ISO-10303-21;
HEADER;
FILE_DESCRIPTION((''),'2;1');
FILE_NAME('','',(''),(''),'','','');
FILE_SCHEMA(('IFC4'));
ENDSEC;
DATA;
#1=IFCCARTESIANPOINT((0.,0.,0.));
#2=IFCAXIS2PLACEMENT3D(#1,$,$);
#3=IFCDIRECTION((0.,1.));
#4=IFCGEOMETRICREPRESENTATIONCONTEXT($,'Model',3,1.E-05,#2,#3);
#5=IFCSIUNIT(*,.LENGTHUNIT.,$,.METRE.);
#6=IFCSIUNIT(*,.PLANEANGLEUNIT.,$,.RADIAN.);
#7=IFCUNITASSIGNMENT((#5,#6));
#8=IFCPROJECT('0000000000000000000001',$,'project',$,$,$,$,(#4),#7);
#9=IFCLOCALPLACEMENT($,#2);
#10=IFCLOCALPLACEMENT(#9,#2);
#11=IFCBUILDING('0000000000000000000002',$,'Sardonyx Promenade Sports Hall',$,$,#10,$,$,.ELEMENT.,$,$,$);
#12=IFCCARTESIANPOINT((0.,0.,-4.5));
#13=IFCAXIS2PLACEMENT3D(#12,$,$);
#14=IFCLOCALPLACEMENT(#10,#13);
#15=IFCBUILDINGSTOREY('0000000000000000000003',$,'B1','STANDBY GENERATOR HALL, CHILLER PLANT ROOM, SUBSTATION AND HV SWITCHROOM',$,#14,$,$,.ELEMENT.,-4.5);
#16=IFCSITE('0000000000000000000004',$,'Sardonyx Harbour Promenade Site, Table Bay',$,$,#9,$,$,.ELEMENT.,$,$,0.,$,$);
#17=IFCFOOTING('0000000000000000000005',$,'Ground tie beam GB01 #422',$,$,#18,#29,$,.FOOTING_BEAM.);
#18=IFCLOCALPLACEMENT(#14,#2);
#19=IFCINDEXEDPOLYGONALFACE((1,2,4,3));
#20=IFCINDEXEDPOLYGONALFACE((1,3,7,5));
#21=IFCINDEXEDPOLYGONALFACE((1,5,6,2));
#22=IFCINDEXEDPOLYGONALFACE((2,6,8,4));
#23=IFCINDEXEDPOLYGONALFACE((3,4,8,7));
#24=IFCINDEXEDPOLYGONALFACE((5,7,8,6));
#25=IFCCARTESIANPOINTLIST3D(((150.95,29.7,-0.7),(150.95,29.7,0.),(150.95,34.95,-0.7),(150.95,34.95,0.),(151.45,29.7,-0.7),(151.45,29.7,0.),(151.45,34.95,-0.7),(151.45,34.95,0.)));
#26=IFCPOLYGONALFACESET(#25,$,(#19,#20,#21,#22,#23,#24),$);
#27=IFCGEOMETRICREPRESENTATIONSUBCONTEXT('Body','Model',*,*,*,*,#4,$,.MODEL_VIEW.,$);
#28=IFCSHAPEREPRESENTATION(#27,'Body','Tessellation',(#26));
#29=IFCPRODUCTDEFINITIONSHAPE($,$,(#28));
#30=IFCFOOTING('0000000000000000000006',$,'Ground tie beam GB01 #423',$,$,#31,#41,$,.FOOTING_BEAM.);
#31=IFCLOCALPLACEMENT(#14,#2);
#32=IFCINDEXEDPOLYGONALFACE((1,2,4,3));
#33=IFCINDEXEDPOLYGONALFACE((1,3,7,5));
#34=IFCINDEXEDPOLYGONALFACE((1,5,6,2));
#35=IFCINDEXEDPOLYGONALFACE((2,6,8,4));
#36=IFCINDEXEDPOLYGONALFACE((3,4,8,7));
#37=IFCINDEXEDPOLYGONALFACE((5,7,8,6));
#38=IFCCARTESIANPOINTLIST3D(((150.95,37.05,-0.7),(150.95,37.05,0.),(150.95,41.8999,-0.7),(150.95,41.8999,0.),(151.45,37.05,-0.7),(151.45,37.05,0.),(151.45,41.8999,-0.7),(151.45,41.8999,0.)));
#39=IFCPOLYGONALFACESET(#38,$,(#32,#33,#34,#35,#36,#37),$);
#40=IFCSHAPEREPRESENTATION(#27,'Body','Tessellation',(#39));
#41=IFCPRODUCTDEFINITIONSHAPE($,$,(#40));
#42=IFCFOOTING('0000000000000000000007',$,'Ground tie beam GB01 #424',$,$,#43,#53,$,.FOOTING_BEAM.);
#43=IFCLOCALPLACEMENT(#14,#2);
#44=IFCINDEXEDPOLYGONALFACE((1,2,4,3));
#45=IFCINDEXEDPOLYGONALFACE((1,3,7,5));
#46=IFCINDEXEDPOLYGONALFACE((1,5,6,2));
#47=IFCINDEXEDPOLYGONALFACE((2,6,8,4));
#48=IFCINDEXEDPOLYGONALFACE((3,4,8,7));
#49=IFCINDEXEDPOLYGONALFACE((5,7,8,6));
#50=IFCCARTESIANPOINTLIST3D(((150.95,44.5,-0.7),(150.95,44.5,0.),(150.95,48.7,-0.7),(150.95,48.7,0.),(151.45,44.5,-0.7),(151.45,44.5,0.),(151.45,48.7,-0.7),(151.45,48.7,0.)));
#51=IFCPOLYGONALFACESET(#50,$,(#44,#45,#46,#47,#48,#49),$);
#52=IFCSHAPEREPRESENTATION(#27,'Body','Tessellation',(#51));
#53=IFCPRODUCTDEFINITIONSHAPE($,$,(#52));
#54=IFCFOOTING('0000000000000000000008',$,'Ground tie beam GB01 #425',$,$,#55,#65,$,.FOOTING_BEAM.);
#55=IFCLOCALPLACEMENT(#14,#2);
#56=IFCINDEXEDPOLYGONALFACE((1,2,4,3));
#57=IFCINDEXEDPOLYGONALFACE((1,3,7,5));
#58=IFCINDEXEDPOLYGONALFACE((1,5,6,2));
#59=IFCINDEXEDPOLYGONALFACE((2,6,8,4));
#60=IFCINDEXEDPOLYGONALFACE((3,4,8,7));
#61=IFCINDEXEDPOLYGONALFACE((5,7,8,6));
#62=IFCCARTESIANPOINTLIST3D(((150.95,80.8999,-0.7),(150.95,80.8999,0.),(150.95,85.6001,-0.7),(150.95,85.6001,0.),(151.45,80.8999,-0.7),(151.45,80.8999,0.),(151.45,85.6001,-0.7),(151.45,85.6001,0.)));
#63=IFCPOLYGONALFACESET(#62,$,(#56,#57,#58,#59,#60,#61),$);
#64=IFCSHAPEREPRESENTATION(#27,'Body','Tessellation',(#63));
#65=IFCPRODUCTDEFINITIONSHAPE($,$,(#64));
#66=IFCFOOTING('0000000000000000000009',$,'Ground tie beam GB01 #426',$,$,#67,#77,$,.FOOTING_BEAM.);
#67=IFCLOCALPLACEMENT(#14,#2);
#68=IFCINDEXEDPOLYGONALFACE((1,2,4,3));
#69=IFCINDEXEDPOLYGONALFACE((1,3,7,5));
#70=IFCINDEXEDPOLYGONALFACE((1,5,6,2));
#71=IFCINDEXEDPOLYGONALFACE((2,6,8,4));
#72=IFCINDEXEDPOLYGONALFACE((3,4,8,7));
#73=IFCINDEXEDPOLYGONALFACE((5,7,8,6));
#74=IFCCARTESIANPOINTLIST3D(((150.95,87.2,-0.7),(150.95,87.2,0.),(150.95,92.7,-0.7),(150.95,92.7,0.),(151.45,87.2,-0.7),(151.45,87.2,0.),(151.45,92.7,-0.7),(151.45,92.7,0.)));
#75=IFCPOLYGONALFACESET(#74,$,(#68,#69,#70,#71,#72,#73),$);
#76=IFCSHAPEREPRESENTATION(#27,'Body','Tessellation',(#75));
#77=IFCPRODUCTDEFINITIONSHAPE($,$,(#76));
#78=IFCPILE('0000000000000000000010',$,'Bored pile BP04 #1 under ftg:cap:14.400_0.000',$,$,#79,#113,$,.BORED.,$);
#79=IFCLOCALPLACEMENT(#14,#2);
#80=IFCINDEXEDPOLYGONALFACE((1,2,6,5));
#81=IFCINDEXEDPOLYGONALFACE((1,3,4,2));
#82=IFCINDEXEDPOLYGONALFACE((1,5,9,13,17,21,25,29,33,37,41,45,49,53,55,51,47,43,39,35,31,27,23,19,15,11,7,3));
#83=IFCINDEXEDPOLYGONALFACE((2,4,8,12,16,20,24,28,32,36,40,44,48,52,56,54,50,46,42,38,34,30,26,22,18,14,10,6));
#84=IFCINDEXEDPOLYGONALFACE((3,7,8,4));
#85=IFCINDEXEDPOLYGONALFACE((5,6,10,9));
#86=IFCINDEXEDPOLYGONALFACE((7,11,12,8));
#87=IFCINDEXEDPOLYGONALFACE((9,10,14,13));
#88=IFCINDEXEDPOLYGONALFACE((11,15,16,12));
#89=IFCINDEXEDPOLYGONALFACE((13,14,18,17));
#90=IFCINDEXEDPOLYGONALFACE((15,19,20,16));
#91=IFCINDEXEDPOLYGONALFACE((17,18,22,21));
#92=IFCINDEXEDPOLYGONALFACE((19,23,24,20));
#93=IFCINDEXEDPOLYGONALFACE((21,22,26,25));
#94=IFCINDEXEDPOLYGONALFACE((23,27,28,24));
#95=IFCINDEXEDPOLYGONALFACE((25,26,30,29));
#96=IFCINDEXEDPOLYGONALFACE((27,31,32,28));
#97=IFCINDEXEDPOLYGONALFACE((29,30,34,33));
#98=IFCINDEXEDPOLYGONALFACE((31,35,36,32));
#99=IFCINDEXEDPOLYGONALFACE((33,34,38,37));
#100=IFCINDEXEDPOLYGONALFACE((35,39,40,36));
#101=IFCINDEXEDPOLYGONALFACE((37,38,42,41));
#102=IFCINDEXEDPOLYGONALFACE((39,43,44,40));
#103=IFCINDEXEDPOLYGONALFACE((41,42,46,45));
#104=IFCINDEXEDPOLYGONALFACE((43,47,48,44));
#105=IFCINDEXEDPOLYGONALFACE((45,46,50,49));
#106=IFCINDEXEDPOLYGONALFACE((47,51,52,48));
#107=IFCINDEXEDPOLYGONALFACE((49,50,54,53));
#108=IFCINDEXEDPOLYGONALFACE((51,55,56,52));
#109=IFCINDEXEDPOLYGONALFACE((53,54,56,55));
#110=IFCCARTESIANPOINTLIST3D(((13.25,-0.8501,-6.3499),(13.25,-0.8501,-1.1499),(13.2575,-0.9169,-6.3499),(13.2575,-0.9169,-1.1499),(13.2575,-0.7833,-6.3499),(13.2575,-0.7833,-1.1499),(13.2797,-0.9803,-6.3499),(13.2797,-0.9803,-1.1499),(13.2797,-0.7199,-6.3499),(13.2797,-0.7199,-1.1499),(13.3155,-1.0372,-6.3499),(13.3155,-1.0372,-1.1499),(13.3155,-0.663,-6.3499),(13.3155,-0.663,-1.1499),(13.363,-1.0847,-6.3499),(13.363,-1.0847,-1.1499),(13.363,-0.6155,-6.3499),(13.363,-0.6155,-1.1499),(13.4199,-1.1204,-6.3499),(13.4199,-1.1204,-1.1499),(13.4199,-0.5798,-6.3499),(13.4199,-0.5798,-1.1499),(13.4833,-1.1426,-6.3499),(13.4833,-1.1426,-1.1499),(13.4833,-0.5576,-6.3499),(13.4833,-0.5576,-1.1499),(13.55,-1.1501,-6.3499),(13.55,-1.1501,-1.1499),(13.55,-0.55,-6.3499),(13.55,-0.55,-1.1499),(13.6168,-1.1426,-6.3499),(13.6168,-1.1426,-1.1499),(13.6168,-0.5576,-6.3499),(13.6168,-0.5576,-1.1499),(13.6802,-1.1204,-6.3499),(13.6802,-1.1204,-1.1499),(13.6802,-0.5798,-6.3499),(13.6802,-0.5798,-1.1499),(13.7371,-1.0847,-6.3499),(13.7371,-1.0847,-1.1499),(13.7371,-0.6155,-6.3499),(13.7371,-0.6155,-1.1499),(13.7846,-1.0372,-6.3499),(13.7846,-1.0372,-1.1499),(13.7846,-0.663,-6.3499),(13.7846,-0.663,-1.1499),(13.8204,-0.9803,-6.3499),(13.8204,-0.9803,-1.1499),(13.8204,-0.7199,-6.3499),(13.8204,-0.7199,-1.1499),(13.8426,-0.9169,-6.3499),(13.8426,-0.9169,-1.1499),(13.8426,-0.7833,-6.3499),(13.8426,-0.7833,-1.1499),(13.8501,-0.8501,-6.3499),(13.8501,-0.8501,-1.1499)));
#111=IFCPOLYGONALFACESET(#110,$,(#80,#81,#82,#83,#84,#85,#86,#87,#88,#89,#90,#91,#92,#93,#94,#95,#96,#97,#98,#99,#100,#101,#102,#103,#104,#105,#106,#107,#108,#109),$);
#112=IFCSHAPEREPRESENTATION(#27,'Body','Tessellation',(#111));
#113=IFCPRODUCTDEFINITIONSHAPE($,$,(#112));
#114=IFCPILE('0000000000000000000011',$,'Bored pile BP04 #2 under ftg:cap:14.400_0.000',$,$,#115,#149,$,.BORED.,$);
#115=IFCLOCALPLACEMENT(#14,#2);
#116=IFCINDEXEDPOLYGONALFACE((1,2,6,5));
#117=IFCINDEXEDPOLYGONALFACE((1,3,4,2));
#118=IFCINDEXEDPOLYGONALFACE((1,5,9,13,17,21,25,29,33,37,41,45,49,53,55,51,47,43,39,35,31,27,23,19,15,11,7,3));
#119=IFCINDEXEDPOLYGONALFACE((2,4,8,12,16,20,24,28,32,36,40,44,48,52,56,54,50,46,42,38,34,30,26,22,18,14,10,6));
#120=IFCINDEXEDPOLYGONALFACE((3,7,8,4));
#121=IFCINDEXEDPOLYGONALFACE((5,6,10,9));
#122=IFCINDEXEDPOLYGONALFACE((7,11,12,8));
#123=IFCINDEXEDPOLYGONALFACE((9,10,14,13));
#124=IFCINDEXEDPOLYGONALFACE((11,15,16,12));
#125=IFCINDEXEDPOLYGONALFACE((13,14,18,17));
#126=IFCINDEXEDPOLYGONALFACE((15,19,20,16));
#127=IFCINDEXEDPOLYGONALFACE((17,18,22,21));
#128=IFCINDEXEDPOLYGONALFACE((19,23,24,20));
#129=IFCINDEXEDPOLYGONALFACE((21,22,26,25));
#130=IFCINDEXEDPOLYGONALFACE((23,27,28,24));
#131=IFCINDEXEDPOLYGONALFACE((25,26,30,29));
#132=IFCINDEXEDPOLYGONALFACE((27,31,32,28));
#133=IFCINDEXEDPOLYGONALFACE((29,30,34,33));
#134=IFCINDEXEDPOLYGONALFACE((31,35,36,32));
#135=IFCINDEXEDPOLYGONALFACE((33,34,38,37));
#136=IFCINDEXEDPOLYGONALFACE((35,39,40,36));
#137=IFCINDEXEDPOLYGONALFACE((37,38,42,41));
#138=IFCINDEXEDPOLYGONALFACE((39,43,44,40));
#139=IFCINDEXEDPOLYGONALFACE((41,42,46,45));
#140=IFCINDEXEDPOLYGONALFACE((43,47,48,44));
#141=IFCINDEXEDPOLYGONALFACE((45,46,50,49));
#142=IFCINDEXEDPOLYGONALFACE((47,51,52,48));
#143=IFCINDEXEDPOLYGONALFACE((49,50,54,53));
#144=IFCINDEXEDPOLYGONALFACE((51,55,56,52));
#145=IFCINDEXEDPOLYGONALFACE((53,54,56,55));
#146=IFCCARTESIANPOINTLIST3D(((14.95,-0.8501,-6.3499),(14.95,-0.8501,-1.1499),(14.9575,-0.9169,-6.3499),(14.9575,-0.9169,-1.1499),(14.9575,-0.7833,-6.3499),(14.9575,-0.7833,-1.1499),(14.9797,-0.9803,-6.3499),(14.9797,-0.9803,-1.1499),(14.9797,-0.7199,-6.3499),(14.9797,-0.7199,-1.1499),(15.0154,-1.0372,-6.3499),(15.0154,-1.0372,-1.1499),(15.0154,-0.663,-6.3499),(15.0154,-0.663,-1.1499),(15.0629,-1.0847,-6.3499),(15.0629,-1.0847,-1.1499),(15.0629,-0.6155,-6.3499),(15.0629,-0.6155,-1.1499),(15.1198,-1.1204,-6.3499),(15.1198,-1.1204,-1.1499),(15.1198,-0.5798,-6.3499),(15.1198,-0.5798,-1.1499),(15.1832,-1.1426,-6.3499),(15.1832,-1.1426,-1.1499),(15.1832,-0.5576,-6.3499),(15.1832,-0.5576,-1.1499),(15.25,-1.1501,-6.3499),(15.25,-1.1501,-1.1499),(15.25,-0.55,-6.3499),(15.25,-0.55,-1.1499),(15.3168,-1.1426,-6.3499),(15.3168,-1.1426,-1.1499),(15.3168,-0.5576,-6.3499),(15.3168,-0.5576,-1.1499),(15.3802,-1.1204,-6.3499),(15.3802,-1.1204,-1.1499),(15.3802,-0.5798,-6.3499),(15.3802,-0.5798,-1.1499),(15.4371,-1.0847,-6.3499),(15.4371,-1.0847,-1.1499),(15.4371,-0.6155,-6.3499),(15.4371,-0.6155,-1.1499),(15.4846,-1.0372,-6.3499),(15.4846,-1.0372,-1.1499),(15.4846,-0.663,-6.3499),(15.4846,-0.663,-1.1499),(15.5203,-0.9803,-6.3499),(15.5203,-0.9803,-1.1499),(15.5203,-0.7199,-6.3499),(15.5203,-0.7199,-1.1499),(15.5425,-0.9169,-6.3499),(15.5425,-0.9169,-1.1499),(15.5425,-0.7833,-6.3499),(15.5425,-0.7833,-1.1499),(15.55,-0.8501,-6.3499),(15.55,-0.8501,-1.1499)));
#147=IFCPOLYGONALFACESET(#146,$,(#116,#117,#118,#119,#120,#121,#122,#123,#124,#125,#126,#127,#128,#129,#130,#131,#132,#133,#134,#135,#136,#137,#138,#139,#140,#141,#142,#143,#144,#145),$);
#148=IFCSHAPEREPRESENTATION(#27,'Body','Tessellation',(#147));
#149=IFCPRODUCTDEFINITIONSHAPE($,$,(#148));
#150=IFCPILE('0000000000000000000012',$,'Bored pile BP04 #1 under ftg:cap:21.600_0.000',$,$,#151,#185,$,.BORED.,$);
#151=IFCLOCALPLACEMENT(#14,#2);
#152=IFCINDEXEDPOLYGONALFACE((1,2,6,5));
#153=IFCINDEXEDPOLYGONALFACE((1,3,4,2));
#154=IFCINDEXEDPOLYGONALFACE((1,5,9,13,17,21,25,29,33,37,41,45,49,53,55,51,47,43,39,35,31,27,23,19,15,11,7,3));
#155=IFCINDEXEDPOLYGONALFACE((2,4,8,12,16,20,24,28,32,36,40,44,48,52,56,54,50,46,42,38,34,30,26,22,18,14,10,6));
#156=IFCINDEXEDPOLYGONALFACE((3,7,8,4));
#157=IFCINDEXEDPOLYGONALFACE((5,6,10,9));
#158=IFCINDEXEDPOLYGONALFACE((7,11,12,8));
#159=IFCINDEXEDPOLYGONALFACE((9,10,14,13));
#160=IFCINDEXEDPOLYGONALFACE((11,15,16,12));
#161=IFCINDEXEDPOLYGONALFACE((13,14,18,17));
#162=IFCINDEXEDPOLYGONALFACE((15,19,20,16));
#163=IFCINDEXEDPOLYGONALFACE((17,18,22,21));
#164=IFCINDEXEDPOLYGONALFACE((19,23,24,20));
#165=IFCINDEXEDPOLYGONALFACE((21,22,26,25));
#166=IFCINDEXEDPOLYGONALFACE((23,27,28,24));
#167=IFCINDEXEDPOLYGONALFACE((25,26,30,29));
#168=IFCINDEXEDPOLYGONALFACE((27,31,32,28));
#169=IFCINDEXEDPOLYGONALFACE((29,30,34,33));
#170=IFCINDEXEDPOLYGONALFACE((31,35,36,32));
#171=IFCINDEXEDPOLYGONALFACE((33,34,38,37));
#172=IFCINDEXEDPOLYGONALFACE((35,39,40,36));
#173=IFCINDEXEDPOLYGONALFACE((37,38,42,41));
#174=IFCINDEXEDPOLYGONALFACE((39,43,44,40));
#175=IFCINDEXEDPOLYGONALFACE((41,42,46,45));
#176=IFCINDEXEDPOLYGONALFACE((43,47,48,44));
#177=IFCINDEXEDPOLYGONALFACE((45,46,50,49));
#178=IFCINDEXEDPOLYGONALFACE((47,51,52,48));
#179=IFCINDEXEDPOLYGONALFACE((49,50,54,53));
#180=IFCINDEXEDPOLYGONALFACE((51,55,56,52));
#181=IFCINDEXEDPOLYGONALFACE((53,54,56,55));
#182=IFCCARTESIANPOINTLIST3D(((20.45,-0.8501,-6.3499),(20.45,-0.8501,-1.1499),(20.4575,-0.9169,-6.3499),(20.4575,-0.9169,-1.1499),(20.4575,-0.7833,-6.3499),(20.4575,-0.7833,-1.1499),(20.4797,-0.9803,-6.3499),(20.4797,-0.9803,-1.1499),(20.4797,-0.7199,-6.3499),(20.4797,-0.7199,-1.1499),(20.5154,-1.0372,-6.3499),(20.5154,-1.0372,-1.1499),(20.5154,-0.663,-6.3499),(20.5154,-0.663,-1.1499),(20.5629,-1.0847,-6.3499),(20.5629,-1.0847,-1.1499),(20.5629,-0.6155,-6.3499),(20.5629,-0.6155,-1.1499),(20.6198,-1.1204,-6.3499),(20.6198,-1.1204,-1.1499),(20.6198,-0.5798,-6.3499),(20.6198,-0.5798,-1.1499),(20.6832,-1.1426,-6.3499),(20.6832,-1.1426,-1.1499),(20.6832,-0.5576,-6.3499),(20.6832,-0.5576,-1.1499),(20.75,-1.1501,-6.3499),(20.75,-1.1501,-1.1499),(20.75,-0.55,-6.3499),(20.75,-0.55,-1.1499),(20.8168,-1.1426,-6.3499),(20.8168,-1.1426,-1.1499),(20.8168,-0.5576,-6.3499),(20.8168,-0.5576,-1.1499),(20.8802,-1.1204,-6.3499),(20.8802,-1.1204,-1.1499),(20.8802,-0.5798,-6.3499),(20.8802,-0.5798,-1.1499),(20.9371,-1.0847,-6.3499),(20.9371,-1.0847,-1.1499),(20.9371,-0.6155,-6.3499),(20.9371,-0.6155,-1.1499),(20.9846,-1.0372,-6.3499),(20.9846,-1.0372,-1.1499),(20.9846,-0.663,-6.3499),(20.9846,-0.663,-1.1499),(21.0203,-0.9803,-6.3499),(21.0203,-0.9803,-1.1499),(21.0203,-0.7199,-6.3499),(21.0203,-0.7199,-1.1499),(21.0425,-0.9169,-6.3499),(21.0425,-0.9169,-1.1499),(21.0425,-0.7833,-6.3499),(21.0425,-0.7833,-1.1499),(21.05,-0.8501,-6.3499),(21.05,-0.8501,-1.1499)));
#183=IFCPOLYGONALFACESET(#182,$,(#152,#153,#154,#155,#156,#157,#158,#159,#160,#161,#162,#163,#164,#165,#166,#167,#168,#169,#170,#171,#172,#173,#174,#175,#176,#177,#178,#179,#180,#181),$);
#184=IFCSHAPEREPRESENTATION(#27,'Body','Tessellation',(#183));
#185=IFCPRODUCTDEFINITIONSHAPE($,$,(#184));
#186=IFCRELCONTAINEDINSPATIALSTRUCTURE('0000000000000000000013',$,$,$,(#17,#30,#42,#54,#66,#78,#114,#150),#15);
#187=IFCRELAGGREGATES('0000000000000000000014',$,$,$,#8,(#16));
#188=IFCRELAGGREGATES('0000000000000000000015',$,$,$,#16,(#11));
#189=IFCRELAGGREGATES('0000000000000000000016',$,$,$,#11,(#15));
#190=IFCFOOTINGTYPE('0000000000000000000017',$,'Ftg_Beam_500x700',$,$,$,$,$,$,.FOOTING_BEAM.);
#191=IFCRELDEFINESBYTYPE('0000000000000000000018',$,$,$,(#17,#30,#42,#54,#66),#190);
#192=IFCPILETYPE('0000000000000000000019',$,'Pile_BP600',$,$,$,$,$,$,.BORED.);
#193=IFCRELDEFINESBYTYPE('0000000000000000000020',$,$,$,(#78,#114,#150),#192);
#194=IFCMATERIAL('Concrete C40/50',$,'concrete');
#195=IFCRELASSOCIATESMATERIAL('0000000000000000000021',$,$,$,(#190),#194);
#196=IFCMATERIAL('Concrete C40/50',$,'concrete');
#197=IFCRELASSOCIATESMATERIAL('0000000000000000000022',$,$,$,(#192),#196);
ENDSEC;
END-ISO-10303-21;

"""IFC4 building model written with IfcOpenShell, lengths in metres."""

from ifc_helpers import new_model, si_unit, direction, frame, origin, origin_2d, place, context, subcontext, project, spatial, polyline, circle, outline, extrude, material, material_profile, profile_set, type_object, element, save


model = new_model("IFC4")

# Units and contexts
model_context = context("Model", 3, precision=1e-05, world=origin(), true_north=direction((0.0, 1.0)))
body_context = subcontext(model_context, "Body", "Model", "MODEL_VIEW")
ifc_project = project(units=[si_unit("LENGTHUNIT", "METRE"), si_unit("PLANEANGLEUNIT", "RADIAN")], contexts=[model_context])

# Site, building, storey
site_placement = place(None, origin())
site = spatial("IfcSite", under=ifc_project, at=site_placement, Name="Sardonyx Harbour Promenade Site, Table Bay", CompositionType="ELEMENT", RefElevation=0.0)
building_placement = place(site_placement, origin())
building = spatial("IfcBuilding", under=site, at=building_placement, Name="Sardonyx Promenade Sports Hall", CompositionType="ELEMENT")
storey_placement = place(building_placement, frame((0.0, 0.0, -4.5)))
storey = spatial("IfcBuildingStorey", under=building, at=storey_placement, Name="B1", Description="STANDBY GENERATOR HALL, CHILLER PLANT ROOM, SUBSTATION AND HV SWITCHROOM", CompositionType="ELEMENT", Elevation=-4.5)

# Footings
ifc_material_1 = material(Name="Concrete C40/50", Category="concrete")
footing_type_1 = type_object("IfcFootingType", Name="Ftg_Beam_500x700", PredefinedType="FOOTING_BEAM", material=ifc_material_1)
footing_1_placement = place(storey_placement, frame((0.0, 0.0, -0.7)))
element("IfcFooting", 1, at=footing_1_placement, inside=storey, type_object=footing_type_1, Name="Ground tie beam GB01 #422", PredefinedType="FOOTING_BEAM", context=body_context, shape_type="SweptSolid", body=[
    extrude(outline(polyline([(150.95, 29.7), (151.45, 29.7), (151.45, 34.95), (150.95, 34.95), (150.95, 29.7)])), origin(), (0.0, 0.0, 1.0), 0.7),
])
footing_2_placement = place(storey_placement, frame((0.0, 0.0, -0.7)))
element("IfcFooting", 2, at=footing_2_placement, inside=storey, type_object=footing_type_1, Name="Ground tie beam GB01 #423", PredefinedType="FOOTING_BEAM", context=body_context, shape_type="SweptSolid", body=[
    extrude(outline(polyline([(150.95, 37.05), (151.45, 37.05), (151.45, 41.8999), (150.95, 41.8999), (150.95, 37.05)])), origin(), (0.0, 0.0, 1.0), 0.7),
])
footing_3_placement = place(storey_placement, frame((0.0, 0.0, -0.7)))
element("IfcFooting", 3, at=footing_3_placement, inside=storey, type_object=footing_type_1, Name="Ground tie beam GB01 #424", PredefinedType="FOOTING_BEAM", context=body_context, shape_type="SweptSolid", body=[
    extrude(outline(polyline([(150.95, 44.5), (151.45, 44.5), (151.45, 48.7), (150.95, 48.7), (150.95, 44.5)])), origin(), (0.0, 0.0, 1.0), 0.7),
])
footing_4_placement = place(storey_placement, frame((0.0, 0.0, -0.7)))
element("IfcFooting", 4, at=footing_4_placement, inside=storey, type_object=footing_type_1, Name="Ground tie beam GB01 #425", PredefinedType="FOOTING_BEAM", context=body_context, shape_type="SweptSolid", body=[
    extrude(outline(polyline([(150.95, 80.8999), (151.45, 80.8999), (151.45, 85.6001), (150.95, 85.6001), (150.95, 80.8999)])), origin(), (0.0, 0.0, 1.0), 0.7),
])
footing_5_placement = place(storey_placement, frame((0.0, 0.0, -0.7)))
element("IfcFooting", 5, at=footing_5_placement, inside=storey, type_object=footing_type_1, Name="Ground tie beam GB01 #426", PredefinedType="FOOTING_BEAM", context=body_context, shape_type="SweptSolid", body=[
    extrude(outline(polyline([(150.95, 87.2), (151.45, 87.2), (151.45, 92.7), (150.95, 92.7), (150.95, 87.2)])), origin(), (0.0, 0.0, 1.0), 0.7),
])

# Piles
ifc_material_2 = material(Name="Concrete C40/50", Category="concrete")
ifc_material_profile = material_profile(ifc_material_2, circle(Radius=0.3, at=origin_2d()))
ifc_profile_set = profile_set([ifc_material_profile], Name="Concrete C40/50")
pile_type = type_object("IfcPileType", Name="Pile_BP600", PredefinedType="BORED", material=ifc_profile_set)
for number, where, z_axis, x_axis, name in (
    (6, (13.55, -0.8501, -1.1499), (0.0, 0.0, -1.0), (1.0, 0.0, 0.0), "Bored pile BP04 #1 under ftg:cap:14.400_0.000"),
    (7, (15.25, -0.8501, -1.1499), (0.0, 0.0, -1.0), (1.0, 0.0, 0.0), "Bored pile BP04 #2 under ftg:cap:14.400_0.000"),
    (8, (20.75, -0.8501, -1.1499), (0.0, 0.0, -1.0), (1.0, 0.0, 0.0), "Bored pile BP04 #1 under ftg:cap:21.600_0.000"),
):
    element("IfcPile", number, at=place(storey_placement, frame(where, z_axis=z_axis, x_axis=x_axis)), inside=storey, type_object=pile_type, Name=name, PredefinedType="BORED", context=body_context, shape_type="SweptSolid", body=[
        extrude(circle(Radius=0.3, at=origin_2d()), origin(), (0.0, 0.0, 1.0), 5.2),
    ])

save(model, "model.ifc")
